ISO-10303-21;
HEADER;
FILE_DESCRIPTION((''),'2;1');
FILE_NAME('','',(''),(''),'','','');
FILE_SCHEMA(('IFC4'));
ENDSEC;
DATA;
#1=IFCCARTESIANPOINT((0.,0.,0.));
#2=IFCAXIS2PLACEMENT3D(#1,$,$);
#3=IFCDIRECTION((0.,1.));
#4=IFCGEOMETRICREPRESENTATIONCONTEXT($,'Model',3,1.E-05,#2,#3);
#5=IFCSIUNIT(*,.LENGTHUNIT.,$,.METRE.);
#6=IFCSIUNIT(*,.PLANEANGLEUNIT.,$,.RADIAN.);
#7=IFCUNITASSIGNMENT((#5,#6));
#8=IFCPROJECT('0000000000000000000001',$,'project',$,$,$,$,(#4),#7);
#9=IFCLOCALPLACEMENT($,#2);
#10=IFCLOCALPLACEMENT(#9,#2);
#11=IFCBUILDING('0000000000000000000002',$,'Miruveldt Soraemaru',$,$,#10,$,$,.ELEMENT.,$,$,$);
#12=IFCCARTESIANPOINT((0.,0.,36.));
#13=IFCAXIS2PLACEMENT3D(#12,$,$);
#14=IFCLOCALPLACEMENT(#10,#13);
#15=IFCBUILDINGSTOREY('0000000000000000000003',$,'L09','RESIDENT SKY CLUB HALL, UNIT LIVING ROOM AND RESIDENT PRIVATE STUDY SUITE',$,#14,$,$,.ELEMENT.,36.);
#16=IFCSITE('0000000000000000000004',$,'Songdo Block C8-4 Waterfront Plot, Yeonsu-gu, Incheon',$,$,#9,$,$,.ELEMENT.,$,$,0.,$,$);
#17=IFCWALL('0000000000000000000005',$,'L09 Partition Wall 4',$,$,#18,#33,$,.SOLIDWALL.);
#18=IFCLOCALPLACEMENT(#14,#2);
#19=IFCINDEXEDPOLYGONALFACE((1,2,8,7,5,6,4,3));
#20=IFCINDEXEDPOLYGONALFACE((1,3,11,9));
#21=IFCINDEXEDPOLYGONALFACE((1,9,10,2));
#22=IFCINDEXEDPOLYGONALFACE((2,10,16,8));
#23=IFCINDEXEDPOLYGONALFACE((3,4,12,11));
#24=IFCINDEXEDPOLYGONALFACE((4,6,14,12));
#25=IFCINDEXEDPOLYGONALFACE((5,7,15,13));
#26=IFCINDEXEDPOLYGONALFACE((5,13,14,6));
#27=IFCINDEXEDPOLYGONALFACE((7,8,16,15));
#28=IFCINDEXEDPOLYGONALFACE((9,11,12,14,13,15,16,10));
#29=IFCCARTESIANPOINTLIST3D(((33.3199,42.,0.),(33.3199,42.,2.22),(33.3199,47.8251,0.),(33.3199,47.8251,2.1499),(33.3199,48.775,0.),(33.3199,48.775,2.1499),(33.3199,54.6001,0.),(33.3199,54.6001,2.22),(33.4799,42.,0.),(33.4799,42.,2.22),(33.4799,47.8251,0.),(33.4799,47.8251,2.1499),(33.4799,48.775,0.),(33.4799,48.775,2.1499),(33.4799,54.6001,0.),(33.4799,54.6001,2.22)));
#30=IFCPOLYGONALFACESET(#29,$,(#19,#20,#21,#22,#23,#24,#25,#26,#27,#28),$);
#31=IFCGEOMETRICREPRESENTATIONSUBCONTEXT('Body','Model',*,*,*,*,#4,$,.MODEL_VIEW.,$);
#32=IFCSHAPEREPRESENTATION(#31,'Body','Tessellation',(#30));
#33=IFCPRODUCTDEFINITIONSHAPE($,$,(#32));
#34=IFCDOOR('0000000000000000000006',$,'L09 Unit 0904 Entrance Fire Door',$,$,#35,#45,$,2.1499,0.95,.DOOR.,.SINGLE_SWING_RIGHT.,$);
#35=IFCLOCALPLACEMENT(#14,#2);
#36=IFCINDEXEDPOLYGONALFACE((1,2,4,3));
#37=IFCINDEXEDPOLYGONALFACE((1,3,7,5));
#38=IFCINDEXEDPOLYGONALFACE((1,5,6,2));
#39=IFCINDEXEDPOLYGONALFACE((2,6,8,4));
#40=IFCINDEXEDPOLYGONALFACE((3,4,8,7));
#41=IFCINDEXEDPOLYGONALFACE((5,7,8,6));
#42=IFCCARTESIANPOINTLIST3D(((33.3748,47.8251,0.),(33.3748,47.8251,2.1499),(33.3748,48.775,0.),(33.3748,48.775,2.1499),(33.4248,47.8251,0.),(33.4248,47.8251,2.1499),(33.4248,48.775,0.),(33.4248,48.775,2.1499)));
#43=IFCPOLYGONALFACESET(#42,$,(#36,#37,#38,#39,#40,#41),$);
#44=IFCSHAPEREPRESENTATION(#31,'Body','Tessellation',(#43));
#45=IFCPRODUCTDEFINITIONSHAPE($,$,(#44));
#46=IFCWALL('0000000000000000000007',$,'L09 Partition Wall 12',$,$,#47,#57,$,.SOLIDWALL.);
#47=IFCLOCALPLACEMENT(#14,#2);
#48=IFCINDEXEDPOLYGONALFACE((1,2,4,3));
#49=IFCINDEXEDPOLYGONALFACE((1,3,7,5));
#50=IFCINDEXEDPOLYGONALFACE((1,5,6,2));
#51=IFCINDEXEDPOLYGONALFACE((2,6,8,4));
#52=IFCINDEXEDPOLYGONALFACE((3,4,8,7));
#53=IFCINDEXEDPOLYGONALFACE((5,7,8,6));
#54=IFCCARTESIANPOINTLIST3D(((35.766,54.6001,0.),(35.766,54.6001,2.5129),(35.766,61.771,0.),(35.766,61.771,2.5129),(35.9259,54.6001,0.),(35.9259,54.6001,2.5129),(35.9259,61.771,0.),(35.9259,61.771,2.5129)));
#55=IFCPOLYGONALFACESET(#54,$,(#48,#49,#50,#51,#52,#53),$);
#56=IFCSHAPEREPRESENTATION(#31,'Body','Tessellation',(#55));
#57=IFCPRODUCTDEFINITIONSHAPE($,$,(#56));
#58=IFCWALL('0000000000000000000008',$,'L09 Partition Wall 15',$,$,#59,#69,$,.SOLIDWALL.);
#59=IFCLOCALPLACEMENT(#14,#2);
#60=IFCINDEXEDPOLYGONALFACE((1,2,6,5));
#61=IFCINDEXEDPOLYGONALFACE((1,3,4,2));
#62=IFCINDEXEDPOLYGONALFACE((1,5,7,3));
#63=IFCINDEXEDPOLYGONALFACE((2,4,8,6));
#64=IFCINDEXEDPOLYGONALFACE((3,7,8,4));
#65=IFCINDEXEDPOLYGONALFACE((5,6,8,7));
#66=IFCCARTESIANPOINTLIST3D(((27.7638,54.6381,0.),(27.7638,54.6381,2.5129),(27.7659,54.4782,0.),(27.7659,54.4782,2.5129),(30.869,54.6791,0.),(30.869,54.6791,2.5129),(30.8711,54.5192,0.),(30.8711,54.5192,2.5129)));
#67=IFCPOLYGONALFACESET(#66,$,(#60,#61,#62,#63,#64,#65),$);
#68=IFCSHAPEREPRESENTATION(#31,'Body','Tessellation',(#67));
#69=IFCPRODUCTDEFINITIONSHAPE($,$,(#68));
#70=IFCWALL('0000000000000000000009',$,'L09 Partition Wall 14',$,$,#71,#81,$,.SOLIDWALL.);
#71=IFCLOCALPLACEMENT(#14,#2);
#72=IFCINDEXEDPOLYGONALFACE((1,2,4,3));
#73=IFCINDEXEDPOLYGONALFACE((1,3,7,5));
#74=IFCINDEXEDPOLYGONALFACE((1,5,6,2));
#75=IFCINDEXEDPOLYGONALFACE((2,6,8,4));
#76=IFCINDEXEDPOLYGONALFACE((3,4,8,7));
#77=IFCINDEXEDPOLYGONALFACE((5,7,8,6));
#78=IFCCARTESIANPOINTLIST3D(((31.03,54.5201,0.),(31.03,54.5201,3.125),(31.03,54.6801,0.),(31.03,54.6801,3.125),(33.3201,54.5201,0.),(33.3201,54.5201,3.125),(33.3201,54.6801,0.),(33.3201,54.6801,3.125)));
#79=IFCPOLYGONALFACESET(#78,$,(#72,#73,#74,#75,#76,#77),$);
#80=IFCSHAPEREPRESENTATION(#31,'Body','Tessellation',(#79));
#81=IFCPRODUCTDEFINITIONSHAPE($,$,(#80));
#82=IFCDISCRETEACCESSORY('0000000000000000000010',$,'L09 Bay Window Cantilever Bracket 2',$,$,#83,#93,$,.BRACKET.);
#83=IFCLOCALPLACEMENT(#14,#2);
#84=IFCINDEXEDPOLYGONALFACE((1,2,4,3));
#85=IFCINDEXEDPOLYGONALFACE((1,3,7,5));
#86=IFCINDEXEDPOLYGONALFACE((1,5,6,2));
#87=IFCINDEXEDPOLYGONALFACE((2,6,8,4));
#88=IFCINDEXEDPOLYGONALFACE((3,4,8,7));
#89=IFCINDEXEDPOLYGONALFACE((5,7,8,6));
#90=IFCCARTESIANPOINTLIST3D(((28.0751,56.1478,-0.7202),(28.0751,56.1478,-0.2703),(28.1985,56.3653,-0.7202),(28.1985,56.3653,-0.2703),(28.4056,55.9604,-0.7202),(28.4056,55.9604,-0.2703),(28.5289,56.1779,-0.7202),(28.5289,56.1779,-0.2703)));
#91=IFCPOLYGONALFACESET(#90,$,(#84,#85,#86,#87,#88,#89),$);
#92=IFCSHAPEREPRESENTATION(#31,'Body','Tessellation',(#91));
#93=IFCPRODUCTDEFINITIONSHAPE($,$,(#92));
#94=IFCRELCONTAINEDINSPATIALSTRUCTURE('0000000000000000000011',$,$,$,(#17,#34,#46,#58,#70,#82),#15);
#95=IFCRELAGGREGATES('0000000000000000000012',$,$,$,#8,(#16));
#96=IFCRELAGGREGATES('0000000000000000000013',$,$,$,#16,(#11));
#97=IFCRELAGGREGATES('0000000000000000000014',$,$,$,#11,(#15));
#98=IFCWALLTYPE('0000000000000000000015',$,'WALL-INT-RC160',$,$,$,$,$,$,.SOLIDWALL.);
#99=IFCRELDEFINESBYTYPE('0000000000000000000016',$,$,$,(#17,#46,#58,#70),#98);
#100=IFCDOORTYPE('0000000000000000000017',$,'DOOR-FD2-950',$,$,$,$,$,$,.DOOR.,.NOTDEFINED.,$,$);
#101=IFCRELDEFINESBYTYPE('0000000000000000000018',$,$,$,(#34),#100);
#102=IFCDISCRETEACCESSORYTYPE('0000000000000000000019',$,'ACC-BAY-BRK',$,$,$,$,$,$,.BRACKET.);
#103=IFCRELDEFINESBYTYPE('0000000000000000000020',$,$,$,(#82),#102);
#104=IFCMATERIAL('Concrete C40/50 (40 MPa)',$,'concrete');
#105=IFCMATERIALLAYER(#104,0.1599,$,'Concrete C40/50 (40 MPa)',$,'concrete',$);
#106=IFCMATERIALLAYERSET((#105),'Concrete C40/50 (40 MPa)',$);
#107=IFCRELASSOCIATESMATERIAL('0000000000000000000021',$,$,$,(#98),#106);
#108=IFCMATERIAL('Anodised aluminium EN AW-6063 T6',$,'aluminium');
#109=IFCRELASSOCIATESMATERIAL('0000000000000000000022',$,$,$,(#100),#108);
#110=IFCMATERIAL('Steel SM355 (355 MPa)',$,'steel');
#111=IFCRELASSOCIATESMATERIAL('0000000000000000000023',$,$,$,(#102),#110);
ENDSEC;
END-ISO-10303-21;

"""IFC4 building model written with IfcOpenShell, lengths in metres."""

from ifc_helpers import new_model, si_unit, direction, frame, frame_2d, origin, origin_2d, place, context, subcontext, project, spatial, rectangle, extrude, material, layer, layer_set, type_object, element, fill, save


model = new_model("IFC4")

# Units and contexts
model_context = context("Model", 3, precision=1e-05, world=origin(), true_north=direction((0.0, 1.0)))
body_context = subcontext(model_context, "Body", "Model", "MODEL_VIEW")
ifc_project = project(units=[si_unit("LENGTHUNIT", "METRE"), si_unit("PLANEANGLEUNIT", "RADIAN")], contexts=[model_context])

# Site, building, storey
site_placement = place(None, origin())
site = spatial("IfcSite", under=ifc_project, at=site_placement, Name="Songdo Block C8-4 Waterfront Plot, Yeonsu-gu, Incheon", CompositionType="ELEMENT", RefElevation=0.0)
building_placement = place(site_placement, origin())
building = spatial("IfcBuilding", under=site, at=building_placement, Name="Miruveldt Soraemaru", CompositionType="ELEMENT")
storey_placement = place(building_placement, frame((0.0, 0.0, 36.0)))
storey = spatial("IfcBuildingStorey", under=building, at=storey_placement, Name="L09", Description="RESIDENT SKY CLUB HALL, UNIT LIVING ROOM AND RESIDENT PRIVATE STUDY SUITE", CompositionType="ELEMENT", Elevation=36.0)

# Shared definitions
ifc_material_1 = material(Name="Concrete C40/50 (40 MPa)", Category="concrete")
ifc_material_2 = material(Name="Steel SM355 (355 MPa)", Category="steel")

# Shared definitions
ifc_material_3 = material(Name="Anodised aluminium EN AW-6063 T6", Category="aluminium")

# Wall, opening, door
ifc_layer_1 = layer(ifc_material_1, 0.1599, Name="Concrete C40/50 (40 MPa)", Category="concrete")
ifc_layer_set_1 = layer_set([ifc_layer_1], Name="Concrete C40/50 (40 MPa)")
wall_type_1 = type_object("IfcWallType", Name="WALL-INT-RC160", PredefinedType="SOLIDWALL", material=ifc_layer_set_1)
wall_1_placement = place(storey_placement, frame((33.3999, 54.6001, 0.0), z_axis=(0.0, 0.0, 1.0), x_axis=(0.0, -1.0, 0.0)))
wall_1 = element("IfcWall", 1, at=wall_1_placement, inside=storey, type_object=wall_type_1, Name="L09 Partition Wall 4", PredefinedType="SOLIDWALL", context=body_context, shape_type="SweptSolid", body=[
    extrude(rectangle(XDim=12.6001, YDim=0.1599, at=frame_2d((6.3, 0.0))), origin(), (0.0, 0.0, 1.0), 2.22),
])
opening_1_placement = place(wall_1_placement, frame((5.825, 0.0, 0.0)))
opening_1 = element("IfcOpeningElement", 2, at=opening_1_placement, cuts=wall_1, PredefinedType="OPENING", context=body_context, shape_type="SweptSolid", body=[
    extrude(rectangle(XDim=0.95, YDim=2.1499, at=frame_2d((0.4751, 1.075))), frame((0.0, 0.0898, 0.0), z_axis=(0.0, -1.0, 0.0), x_axis=(1.0, 0.0, 0.0)), (0.0, 0.0, 1.0), 0.1799),
])
door_type_1 = type_object("IfcDoorType", Name="DOOR-FD2-950", OperationType="NOTDEFINED", PredefinedType="DOOR", material=ifc_material_3)
door_1_placement = place(opening_1_placement, origin())
door_1 = element("IfcDoor", 3, at=door_1_placement, inside=storey, type_object=door_type_1, Name="L09 Unit 0904 Entrance Fire Door", OperationType="SINGLE_SWING_RIGHT", OverallHeight=2.1499, OverallWidth=0.95, PredefinedType="DOOR", context=body_context, shape_type="SweptSolid", body=[
    extrude(rectangle(XDim=0.95, YDim=2.1499, at=frame_2d((0.4751, 1.075))), frame((0.0, 0.0249, 0.0), z_axis=(0.0, -1.0, 0.0), x_axis=(1.0, 0.0, 0.0)), (0.0, 0.0, 1.0), 0.05),
])
fill(opening_1, door_1)

# Walls
wall_2_placement = place(storey_placement, frame((35.8459, 54.6001, 0.0), z_axis=(0.0, 0.0, 1.0), x_axis=(0.0, 1.0, 0.0)))
element("IfcWall", 4, at=wall_2_placement, inside=storey, type_object=wall_type_1, Name="L09 Partition Wall 12", PredefinedType="SOLIDWALL", context=body_context, shape_type="SweptSolid", body=[
    extrude(rectangle(XDim=7.1709, YDim=0.1599, at=frame_2d((3.5854, 0.0))), origin(), (0.0, 0.0, 1.0), 2.5129),
])
wall_3_placement = place(storey_placement, frame((27.7649, 54.5581, 0.0), z_axis=(0.0, 0.0, 1.0), x_axis=(0.999913, 0.013207, 0.0)))
element("IfcWall", 5, at=wall_3_placement, inside=storey, type_object=wall_type_1, Name="L09 Partition Wall 15", PredefinedType="SOLIDWALL", context=body_context, shape_type="SweptSolid", body=[
    extrude(rectangle(XDim=3.1055, YDim=0.1599, at=frame_2d((1.5527, 0.0))), origin(), (0.0, 0.0, 1.0), 2.5129),
])
wall_4_placement = place(storey_placement, frame((31.03, 54.6001, 0.0), z_axis=(0.0, 0.0, 1.0), x_axis=(1.0, 0.0, 0.0)))
element("IfcWall", 6, at=wall_4_placement, inside=storey, type_object=wall_type_1, Name="L09 Partition Wall 14", PredefinedType="SOLIDWALL", context=body_context, shape_type="SweptSolid", body=[
    extrude(rectangle(XDim=2.29, YDim=0.1599, at=frame_2d((1.145, 0.0))), origin(), (0.0, 0.0, 1.0), 3.125),
])

# Discrete accessory
discrete_accessory_type = type_object("IfcDiscreteAccessoryType", Name="ACC-BAY-BRK", PredefinedType="BRACKET", material=ifc_material_2)
discrete_accessory_placement = place(storey_placement, frame((28.302, 56.1628, -0.7202), z_axis=(0.0, 0.0, 1.0), x_axis=(-0.869831, 0.49335, 0.0)))
element("IfcDiscreteAccessory", 7, at=discrete_accessory_placement, inside=storey, type_object=discrete_accessory_type, Name="L09 Bay Window Cantilever Bracket 2", PredefinedType="BRACKET", context=body_context, shape_type="SweptSolid", body=[
    extrude(rectangle(XDim=0.3799, YDim=0.25, at=origin_2d()), origin(), (0.0, 0.0, 1.0), 0.45),
])

save(model, "model.ifc")
